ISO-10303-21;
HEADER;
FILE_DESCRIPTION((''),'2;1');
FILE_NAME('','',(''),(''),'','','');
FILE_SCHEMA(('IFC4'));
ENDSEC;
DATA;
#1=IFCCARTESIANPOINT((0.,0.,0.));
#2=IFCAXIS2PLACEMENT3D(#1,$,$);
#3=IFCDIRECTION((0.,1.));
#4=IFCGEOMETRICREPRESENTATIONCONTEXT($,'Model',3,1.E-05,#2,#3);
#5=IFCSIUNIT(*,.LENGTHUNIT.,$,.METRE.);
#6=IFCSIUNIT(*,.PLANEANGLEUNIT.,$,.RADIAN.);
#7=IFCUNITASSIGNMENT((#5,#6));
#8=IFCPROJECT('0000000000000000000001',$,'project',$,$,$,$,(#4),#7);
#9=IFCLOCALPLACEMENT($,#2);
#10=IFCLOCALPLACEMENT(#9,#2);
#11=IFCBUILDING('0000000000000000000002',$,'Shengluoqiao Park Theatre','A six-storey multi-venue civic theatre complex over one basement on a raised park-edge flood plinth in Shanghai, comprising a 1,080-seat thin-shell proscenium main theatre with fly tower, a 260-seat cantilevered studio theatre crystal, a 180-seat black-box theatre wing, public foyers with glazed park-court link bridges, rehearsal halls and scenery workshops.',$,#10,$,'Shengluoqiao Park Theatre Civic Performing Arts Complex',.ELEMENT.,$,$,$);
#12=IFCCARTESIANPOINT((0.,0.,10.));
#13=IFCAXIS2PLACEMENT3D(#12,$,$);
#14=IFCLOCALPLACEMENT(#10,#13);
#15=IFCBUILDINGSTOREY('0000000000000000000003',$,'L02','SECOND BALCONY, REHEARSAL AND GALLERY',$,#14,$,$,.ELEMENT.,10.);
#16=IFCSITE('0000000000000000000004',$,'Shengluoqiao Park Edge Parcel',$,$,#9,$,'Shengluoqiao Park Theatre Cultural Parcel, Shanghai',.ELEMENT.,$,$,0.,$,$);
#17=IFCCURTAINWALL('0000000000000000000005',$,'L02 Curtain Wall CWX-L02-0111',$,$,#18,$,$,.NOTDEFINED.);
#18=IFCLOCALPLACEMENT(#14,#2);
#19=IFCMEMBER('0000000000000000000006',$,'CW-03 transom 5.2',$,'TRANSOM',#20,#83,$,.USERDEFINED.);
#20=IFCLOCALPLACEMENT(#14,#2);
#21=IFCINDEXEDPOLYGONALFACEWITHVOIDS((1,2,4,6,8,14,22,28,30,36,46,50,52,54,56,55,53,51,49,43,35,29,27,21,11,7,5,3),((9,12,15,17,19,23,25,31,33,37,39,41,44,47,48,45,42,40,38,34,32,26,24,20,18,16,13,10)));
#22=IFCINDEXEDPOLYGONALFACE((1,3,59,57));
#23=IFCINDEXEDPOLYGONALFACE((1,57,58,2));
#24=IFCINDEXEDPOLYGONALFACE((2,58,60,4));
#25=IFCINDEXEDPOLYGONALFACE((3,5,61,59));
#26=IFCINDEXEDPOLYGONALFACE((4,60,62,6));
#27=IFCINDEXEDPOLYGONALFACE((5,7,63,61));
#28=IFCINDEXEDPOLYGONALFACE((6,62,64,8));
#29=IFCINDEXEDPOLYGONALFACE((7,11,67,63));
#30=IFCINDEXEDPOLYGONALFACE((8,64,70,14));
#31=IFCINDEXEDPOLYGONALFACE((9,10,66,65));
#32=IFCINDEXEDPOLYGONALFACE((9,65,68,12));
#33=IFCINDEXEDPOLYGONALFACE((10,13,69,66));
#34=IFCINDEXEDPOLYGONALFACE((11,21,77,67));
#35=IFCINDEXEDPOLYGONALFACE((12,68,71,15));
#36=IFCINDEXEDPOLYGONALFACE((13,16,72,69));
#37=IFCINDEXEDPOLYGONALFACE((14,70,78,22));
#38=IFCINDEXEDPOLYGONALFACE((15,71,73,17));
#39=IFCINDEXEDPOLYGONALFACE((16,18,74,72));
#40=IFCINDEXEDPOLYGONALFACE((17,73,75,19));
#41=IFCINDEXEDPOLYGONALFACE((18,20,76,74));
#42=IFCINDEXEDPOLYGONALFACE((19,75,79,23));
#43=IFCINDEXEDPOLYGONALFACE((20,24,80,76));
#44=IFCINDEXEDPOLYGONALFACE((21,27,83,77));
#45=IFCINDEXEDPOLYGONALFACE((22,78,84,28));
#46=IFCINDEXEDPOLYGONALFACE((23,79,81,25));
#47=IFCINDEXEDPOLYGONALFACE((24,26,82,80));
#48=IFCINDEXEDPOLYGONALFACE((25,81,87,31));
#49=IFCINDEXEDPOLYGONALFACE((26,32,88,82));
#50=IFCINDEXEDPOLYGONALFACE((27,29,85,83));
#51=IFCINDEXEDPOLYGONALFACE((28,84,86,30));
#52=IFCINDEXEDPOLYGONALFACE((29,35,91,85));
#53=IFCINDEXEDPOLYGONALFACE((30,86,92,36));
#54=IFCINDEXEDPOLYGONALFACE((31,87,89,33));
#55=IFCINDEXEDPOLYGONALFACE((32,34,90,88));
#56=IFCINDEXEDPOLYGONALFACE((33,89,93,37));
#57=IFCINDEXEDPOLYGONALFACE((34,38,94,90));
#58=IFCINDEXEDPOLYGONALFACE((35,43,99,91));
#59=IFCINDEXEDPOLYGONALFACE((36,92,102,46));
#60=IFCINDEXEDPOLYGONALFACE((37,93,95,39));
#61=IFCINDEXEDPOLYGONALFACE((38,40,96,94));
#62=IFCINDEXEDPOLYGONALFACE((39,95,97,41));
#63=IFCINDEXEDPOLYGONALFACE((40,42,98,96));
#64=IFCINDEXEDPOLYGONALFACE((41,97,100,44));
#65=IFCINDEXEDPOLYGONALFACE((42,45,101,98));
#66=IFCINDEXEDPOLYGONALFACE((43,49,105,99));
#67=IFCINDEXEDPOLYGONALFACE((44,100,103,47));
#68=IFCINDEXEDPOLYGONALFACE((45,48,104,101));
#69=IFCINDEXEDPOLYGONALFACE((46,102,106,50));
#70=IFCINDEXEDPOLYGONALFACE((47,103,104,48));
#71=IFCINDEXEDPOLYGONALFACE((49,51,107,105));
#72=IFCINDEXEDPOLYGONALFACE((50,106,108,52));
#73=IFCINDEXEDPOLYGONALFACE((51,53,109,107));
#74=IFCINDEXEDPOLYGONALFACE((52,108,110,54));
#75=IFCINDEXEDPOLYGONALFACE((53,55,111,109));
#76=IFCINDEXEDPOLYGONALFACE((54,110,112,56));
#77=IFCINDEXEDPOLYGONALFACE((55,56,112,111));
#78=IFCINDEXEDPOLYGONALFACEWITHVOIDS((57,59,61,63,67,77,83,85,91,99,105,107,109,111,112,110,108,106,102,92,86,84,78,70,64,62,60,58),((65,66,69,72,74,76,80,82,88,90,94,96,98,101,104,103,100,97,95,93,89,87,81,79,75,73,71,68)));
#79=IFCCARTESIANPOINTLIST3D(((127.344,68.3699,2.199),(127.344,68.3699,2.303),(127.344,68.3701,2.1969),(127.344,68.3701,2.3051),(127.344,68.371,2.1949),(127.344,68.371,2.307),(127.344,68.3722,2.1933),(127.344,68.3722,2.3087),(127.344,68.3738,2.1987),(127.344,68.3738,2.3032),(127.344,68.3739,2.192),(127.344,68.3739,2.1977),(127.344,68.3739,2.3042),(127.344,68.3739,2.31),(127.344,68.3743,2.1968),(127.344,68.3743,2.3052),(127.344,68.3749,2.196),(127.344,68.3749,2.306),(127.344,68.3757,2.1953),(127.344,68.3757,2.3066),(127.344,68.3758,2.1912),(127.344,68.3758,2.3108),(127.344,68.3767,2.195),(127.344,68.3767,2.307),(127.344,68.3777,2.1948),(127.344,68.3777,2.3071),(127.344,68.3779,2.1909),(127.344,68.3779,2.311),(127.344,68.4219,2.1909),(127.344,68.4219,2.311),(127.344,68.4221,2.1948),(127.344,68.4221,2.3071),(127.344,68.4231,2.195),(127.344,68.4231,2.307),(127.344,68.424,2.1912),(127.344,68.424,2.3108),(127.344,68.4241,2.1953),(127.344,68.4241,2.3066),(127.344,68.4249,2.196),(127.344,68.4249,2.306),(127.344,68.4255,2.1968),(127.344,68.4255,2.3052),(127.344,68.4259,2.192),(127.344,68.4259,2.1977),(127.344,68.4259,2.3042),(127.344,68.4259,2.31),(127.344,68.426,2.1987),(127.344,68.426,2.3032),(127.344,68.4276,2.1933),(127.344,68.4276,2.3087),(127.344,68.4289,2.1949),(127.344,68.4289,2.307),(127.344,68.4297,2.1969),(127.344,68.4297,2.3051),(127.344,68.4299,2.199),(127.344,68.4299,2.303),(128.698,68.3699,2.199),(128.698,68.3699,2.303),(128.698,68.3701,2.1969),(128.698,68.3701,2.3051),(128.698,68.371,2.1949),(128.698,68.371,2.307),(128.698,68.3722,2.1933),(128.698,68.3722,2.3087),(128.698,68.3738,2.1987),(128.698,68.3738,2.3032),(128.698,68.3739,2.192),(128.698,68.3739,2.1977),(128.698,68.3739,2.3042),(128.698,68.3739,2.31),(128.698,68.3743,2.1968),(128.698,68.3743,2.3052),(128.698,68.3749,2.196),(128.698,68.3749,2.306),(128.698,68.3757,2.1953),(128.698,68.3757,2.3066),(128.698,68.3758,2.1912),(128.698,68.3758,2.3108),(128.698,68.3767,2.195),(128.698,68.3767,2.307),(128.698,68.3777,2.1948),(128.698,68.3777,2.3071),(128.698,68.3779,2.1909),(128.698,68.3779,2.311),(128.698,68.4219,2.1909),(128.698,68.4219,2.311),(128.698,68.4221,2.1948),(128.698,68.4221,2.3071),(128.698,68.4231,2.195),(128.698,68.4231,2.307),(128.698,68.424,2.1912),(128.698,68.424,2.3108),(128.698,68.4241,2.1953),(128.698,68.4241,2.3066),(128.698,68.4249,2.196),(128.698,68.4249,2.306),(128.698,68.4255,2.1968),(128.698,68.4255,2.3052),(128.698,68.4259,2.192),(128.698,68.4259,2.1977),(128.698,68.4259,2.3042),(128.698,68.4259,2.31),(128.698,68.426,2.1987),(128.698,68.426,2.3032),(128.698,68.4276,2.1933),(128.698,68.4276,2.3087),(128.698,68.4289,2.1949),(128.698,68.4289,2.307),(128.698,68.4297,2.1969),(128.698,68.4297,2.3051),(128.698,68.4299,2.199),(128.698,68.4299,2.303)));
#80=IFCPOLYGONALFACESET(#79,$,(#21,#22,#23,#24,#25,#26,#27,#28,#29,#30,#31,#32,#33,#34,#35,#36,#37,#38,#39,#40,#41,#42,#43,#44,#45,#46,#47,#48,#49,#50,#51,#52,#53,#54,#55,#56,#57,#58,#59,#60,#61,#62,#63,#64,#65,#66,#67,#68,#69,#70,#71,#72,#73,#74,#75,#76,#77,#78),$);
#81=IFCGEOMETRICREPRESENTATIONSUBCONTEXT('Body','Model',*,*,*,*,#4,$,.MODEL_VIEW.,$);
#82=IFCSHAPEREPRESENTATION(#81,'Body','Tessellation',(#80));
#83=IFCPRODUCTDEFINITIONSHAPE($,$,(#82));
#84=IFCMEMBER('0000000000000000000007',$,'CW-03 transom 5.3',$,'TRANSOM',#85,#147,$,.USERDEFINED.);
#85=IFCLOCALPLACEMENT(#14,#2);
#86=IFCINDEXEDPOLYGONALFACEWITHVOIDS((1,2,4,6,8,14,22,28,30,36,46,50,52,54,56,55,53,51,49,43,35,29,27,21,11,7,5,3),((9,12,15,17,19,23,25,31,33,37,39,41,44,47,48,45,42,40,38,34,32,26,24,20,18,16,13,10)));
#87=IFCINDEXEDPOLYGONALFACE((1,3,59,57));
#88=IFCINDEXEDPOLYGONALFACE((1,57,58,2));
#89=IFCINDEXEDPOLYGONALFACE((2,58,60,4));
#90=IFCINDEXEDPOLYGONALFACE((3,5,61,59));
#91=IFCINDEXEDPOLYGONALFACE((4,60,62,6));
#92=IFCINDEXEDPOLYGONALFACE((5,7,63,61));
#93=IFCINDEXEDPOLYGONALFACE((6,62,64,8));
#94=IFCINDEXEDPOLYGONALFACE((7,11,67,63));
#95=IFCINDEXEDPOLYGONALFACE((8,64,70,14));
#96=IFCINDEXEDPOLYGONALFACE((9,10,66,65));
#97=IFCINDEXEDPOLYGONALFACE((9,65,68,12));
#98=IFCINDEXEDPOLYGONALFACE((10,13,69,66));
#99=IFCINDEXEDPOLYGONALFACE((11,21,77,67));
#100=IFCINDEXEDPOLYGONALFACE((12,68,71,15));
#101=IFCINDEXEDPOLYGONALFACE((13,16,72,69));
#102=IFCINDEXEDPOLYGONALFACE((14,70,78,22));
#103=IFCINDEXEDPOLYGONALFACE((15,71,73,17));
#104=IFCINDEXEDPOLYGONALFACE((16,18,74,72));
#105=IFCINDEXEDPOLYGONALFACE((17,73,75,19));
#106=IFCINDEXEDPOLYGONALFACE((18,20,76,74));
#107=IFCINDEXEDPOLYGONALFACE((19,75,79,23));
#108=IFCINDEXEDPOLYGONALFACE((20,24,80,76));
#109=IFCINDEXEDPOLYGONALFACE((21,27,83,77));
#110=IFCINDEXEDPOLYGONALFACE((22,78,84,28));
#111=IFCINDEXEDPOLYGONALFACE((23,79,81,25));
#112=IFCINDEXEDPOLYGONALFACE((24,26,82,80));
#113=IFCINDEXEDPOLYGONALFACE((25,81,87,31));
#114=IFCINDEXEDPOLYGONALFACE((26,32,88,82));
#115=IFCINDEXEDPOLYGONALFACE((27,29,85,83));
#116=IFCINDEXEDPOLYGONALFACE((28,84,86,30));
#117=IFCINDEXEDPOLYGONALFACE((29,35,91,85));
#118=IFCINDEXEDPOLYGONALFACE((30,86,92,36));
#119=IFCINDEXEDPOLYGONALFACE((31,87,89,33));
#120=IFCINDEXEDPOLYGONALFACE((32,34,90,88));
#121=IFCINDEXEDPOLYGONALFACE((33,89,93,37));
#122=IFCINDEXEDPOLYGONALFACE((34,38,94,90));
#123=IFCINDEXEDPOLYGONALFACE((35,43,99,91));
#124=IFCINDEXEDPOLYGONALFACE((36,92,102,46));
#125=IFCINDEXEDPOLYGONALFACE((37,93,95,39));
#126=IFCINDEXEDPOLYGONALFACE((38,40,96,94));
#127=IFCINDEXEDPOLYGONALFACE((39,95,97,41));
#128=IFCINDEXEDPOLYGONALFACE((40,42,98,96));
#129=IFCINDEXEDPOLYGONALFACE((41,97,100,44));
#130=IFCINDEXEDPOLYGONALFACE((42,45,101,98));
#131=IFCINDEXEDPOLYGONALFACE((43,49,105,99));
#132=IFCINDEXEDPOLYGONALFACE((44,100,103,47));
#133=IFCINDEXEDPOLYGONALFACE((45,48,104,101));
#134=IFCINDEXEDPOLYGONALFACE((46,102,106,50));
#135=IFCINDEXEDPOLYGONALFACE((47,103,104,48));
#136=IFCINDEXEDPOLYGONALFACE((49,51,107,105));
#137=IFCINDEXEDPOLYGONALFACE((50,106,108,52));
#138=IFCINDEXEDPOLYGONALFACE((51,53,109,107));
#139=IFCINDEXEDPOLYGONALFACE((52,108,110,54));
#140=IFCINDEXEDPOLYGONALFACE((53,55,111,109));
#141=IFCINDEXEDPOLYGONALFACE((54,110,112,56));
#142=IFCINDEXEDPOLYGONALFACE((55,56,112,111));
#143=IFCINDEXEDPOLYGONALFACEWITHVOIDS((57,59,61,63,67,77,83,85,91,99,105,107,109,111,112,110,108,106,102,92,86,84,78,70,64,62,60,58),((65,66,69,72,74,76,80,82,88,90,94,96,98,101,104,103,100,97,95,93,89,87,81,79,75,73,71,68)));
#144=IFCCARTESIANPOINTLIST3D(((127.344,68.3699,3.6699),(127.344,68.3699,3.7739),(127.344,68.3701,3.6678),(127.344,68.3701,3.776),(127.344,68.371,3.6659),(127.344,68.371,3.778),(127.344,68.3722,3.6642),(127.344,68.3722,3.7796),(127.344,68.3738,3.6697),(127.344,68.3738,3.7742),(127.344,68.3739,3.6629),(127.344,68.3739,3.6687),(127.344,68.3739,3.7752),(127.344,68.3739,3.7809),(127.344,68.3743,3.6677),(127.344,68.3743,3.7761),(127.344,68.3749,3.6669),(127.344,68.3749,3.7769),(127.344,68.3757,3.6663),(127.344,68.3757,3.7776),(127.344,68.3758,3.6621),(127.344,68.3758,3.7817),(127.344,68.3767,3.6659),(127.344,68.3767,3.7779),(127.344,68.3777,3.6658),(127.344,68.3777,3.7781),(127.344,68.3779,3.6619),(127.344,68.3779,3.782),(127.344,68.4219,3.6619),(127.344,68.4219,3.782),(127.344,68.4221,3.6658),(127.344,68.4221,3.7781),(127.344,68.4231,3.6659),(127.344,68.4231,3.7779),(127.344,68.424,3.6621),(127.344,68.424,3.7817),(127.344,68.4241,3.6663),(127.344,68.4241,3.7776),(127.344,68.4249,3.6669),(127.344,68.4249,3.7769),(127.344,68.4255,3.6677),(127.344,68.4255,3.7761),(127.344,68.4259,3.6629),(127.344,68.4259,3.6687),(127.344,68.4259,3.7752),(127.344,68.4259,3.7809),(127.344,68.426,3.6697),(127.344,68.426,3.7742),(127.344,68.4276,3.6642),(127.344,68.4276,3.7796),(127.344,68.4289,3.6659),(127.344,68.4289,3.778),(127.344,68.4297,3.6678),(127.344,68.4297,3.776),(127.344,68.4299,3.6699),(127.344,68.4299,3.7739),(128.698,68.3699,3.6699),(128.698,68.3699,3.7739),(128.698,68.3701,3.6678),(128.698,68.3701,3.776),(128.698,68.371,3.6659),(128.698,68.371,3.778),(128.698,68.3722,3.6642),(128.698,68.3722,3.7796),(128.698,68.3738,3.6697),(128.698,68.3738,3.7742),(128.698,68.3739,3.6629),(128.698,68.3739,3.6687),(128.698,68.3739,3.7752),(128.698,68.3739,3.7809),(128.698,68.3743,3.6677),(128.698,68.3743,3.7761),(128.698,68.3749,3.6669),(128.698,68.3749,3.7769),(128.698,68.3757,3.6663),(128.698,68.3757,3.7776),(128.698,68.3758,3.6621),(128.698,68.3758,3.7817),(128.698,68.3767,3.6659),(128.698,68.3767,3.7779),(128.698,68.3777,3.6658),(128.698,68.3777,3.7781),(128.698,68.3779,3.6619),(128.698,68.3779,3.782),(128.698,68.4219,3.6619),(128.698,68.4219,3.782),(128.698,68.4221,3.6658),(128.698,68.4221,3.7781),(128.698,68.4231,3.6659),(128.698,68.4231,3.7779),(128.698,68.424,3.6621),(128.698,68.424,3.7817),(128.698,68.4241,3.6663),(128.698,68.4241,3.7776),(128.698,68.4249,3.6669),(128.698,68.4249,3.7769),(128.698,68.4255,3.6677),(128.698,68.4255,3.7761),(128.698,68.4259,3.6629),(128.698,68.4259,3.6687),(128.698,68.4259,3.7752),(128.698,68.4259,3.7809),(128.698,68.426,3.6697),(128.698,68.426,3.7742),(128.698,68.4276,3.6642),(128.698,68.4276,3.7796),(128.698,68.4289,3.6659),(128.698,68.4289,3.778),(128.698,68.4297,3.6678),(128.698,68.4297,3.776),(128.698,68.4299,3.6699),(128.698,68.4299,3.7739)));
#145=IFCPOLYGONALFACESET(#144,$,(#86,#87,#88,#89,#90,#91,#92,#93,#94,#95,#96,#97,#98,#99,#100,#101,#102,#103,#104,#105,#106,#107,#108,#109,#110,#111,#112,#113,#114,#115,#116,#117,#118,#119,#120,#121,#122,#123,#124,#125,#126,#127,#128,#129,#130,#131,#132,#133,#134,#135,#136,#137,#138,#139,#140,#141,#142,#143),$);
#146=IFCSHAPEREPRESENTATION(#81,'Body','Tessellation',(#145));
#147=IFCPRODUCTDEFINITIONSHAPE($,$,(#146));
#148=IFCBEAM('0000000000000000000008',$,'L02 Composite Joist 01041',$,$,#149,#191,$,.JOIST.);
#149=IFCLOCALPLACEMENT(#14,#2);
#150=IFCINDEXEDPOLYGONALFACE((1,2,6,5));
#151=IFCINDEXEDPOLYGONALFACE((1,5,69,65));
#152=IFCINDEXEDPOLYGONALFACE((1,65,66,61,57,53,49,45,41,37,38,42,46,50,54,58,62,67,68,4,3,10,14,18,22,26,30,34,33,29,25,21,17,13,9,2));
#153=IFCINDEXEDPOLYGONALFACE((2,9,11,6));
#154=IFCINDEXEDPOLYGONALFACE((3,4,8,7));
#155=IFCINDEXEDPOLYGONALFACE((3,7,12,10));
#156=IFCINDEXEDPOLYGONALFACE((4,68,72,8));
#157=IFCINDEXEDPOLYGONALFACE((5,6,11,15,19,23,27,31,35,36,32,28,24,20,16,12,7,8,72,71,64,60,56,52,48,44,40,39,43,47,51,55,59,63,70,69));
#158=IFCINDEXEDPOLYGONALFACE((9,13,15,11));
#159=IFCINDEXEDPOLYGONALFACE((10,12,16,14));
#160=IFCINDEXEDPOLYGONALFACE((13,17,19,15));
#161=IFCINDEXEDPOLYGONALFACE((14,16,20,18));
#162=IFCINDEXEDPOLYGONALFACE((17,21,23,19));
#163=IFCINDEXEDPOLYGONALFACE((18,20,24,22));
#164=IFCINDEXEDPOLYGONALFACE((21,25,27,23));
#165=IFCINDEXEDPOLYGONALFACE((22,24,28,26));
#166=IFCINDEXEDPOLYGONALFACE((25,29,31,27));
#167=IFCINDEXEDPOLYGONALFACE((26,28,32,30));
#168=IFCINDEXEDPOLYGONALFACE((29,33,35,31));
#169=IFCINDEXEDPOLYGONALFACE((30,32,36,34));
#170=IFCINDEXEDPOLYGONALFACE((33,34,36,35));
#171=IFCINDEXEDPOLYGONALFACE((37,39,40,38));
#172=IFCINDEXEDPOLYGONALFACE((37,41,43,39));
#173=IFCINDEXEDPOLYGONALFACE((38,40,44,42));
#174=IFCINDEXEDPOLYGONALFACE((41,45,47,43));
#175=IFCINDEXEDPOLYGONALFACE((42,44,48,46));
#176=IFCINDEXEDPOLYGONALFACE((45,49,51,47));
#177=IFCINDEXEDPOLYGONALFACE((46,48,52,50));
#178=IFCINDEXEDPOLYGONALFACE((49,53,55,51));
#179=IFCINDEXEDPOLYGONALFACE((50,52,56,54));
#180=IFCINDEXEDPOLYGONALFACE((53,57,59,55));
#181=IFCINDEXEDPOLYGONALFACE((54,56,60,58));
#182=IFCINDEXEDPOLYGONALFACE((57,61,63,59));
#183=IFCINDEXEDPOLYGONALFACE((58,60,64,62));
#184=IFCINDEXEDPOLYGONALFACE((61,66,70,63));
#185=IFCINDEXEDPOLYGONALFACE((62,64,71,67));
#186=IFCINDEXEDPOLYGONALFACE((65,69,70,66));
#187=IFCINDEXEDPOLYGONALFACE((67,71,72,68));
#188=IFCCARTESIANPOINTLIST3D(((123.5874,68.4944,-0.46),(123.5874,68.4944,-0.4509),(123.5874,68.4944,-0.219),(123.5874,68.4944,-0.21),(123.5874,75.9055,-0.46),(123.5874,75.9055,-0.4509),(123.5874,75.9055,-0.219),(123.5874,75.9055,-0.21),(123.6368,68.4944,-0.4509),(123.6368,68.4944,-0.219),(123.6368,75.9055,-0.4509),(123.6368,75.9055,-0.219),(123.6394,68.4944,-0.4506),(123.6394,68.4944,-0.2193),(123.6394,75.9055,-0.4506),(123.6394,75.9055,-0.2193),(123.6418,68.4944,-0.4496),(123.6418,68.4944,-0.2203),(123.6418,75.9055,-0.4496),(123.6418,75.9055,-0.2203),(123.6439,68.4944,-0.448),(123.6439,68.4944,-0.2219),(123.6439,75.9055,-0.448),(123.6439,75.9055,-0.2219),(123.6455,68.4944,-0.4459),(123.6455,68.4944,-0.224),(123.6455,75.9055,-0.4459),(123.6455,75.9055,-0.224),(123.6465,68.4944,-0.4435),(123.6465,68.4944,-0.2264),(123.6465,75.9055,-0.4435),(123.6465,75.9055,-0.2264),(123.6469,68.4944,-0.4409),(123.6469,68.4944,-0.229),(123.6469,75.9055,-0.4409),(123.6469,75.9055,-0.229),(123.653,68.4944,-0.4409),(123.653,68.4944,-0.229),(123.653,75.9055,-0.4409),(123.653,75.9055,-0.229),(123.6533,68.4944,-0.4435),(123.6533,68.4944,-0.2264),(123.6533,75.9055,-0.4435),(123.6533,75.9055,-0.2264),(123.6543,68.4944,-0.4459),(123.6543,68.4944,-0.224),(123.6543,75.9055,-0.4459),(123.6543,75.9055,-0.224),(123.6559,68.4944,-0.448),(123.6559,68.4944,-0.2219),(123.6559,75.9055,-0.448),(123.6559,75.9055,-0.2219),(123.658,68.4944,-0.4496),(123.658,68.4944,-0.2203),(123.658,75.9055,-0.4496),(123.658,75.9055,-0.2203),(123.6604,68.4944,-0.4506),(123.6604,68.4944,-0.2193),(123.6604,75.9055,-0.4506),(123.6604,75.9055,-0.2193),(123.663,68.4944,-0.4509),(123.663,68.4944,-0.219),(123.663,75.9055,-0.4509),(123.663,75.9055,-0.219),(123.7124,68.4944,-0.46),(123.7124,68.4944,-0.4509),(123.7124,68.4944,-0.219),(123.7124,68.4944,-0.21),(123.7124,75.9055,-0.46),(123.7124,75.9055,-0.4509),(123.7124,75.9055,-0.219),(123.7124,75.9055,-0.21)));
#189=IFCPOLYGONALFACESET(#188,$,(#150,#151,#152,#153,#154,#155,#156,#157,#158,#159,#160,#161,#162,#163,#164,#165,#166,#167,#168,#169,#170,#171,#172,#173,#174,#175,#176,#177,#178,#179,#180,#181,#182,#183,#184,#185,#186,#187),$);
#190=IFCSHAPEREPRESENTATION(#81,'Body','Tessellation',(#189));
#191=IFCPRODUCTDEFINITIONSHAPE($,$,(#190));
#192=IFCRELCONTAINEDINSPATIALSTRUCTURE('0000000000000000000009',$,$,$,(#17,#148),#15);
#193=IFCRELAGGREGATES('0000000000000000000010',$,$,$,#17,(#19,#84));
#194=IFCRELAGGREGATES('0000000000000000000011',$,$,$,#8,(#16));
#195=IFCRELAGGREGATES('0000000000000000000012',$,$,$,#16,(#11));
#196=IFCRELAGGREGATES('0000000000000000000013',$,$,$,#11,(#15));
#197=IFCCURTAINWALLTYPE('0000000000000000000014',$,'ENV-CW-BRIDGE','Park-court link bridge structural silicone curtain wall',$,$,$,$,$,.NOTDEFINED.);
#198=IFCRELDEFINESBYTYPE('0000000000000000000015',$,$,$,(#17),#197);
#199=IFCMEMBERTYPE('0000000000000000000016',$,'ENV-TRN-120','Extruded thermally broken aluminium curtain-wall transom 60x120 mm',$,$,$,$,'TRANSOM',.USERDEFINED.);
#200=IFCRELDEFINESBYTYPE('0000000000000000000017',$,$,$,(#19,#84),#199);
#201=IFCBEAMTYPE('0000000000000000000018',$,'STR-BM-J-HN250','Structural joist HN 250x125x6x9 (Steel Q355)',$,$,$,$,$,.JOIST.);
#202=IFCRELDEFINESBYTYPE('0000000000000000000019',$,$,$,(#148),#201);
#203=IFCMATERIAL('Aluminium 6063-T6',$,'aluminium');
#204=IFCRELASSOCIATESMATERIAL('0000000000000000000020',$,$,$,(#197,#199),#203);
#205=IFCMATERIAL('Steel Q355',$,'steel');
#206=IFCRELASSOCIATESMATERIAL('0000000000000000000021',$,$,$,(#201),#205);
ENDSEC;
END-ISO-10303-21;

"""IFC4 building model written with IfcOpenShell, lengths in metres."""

from ifc_helpers import new_model, si_unit, direction, frame, origin, origin_2d, place, context, subcontext, project, spatial, hollow_rectangle, i_section, extrude, material, material_profile, profile_set, type_object, element, aggregate, save


model = new_model("IFC4")

# Units and contexts
model_context = context("Model", 3, precision=1e-05, world=origin(), true_north=direction((0.0, 1.0)))
body_context = subcontext(model_context, "Body", "Model", "MODEL_VIEW")
ifc_project = project(units=[si_unit("LENGTHUNIT", "METRE"), si_unit("PLANEANGLEUNIT", "RADIAN")], contexts=[model_context])

# Site, building, storey
site_placement = place(None, origin())
site = spatial("IfcSite", under=ifc_project, at=site_placement, Name="Shengluoqiao Park Edge Parcel", LongName="Shengluoqiao Park Theatre Cultural Parcel, Shanghai", CompositionType="ELEMENT", RefElevation=0.0)
building_placement = place(site_placement, origin())
building = spatial("IfcBuilding", under=site, at=building_placement, Name="Shengluoqiao Park Theatre", Description="A six-storey multi-venue civic theatre complex over one basement on a raised park-edge flood plinth in Shanghai, comprising a 1,080-seat thin-shell proscenium main theatre with fly tower, a 260-seat cantilevered studio theatre crystal, a 180-seat black-box theatre wing, public foyers with glazed park-court link bridges, rehearsal halls and scenery workshops.", LongName="Shengluoqiao Park Theatre Civic Performing Arts Complex", CompositionType="ELEMENT")
storey_placement = place(building_placement, frame((0.0, 0.0, 10.0)))
storey = spatial("IfcBuildingStorey", under=building, at=storey_placement, Name="L02", Description="SECOND BALCONY, REHEARSAL AND GALLERY", CompositionType="ELEMENT", Elevation=10.0)

# Curtain wall, members
ifc_material_1 = material(Name="Aluminium 6063-T6", Category="aluminium")
curtain_wall_type = type_object("IfcCurtainWallType", Name="ENV-CW-BRIDGE", Description="Park-court link bridge structural silicone curtain wall", PredefinedType="NOTDEFINED", material=ifc_material_1)
curtain_wall_placement = place(storey_placement, origin())
curtain_wall = element("IfcCurtainWall", 1, at=curtain_wall_placement, inside=storey, type_object=curtain_wall_type, Name="L02 Curtain Wall CWX-L02-0111", PredefinedType="NOTDEFINED")
ifc_material_profile_1 = material_profile(ifc_material_1, hollow_rectangle(XDim=0.0601, YDim=0.1201, WallThickness=0.0039, InnerFilletRadius=0.0039, OuterFilletRadius=0.0081, at=origin_2d()), Name="ALU TRANSOM 120x60x4")
ifc_profile_set_1 = profile_set([ifc_material_profile_1], Name="Aluminium 6063-T6")
member_type_1 = type_object("IfcMemberType", Name="ENV-TRN-120", Description="Extruded thermally broken aluminium curtain-wall transom 60x120 mm", ElementType="TRANSOM", PredefinedType="USERDEFINED", material=ifc_profile_set_1)
member_1_placement = place(storey_placement, frame((127.344, 68.3999, 2.251), z_axis=(1.0, 0.0, 0.0), x_axis=(0.0, 1.0, 0.0)))
member_1 = element("IfcMember", 2, at=member_1_placement, type_object=member_type_1, Name="CW-03 transom 5.2", ObjectType="TRANSOM", PredefinedType="USERDEFINED", context=body_context, shape_type="SweptSolid", body=[
    extrude(hollow_rectangle(XDim=0.0601, YDim=0.1201, WallThickness=0.0039, InnerFilletRadius=0.0039, OuterFilletRadius=0.0081, at=origin_2d()), origin(), (0.0, 0.0, 1.0), 1.354),
])
member_2_placement = place(storey_placement, frame((127.344, 68.3999, 3.7219), z_axis=(1.0, 0.0, 0.0), x_axis=(0.0, 1.0, 0.0)))
member_2 = element("IfcMember", 3, at=member_2_placement, type_object=member_type_1, Name="CW-03 transom 5.3", ObjectType="TRANSOM", PredefinedType="USERDEFINED", context=body_context, shape_type="SweptSolid", body=[
    extrude(hollow_rectangle(XDim=0.0601, YDim=0.1201, WallThickness=0.0039, InnerFilletRadius=0.0039, OuterFilletRadius=0.0081, at=origin_2d()), origin(), (0.0, 0.0, 1.0), 1.354),
])

# Beam
ifc_material_2 = material(Name="Steel Q355", Category="steel")
ifc_material_profile_2 = material_profile(ifc_material_2, i_section(OverallWidth=0.125, OverallDepth=0.25, WebThickness=0.0061, FlangeThickness=0.009, FilletRadius=0.01, at=origin_2d()), Name="HN 250x125x6x9")
ifc_profile_set_2 = profile_set([ifc_material_profile_2], Name="Steel Q355")
beam_type = type_object("IfcBeamType", Name="STR-BM-J-HN250", Description="Structural joist HN 250x125x6x9 (Steel Q355)", PredefinedType="JOIST", material=ifc_profile_set_2)
for number, where, z_axis, x_axis, name in (
    (4, (123.6499, 68.4944, -0.335), (0.0, 1.0, 0.0), (-1.0, 0.0, 0.0), "L02 Composite Joist 01041"),
):
    element("IfcBeam", number, at=place(storey_placement, frame(where, z_axis=z_axis, x_axis=x_axis)), inside=storey, type_object=beam_type, Name=name, PredefinedType="JOIST", context=body_context, shape_type="SweptSolid", body=[
        extrude(i_section(OverallWidth=0.125, OverallDepth=0.25, WebThickness=0.0061, FlangeThickness=0.009, FilletRadius=0.01, at=origin_2d()), origin(), (0.0, 0.0, 1.0), 7.4111),
    ])

aggregate(curtain_wall, [member_1, member_2])

save(model, "model.ifc")
